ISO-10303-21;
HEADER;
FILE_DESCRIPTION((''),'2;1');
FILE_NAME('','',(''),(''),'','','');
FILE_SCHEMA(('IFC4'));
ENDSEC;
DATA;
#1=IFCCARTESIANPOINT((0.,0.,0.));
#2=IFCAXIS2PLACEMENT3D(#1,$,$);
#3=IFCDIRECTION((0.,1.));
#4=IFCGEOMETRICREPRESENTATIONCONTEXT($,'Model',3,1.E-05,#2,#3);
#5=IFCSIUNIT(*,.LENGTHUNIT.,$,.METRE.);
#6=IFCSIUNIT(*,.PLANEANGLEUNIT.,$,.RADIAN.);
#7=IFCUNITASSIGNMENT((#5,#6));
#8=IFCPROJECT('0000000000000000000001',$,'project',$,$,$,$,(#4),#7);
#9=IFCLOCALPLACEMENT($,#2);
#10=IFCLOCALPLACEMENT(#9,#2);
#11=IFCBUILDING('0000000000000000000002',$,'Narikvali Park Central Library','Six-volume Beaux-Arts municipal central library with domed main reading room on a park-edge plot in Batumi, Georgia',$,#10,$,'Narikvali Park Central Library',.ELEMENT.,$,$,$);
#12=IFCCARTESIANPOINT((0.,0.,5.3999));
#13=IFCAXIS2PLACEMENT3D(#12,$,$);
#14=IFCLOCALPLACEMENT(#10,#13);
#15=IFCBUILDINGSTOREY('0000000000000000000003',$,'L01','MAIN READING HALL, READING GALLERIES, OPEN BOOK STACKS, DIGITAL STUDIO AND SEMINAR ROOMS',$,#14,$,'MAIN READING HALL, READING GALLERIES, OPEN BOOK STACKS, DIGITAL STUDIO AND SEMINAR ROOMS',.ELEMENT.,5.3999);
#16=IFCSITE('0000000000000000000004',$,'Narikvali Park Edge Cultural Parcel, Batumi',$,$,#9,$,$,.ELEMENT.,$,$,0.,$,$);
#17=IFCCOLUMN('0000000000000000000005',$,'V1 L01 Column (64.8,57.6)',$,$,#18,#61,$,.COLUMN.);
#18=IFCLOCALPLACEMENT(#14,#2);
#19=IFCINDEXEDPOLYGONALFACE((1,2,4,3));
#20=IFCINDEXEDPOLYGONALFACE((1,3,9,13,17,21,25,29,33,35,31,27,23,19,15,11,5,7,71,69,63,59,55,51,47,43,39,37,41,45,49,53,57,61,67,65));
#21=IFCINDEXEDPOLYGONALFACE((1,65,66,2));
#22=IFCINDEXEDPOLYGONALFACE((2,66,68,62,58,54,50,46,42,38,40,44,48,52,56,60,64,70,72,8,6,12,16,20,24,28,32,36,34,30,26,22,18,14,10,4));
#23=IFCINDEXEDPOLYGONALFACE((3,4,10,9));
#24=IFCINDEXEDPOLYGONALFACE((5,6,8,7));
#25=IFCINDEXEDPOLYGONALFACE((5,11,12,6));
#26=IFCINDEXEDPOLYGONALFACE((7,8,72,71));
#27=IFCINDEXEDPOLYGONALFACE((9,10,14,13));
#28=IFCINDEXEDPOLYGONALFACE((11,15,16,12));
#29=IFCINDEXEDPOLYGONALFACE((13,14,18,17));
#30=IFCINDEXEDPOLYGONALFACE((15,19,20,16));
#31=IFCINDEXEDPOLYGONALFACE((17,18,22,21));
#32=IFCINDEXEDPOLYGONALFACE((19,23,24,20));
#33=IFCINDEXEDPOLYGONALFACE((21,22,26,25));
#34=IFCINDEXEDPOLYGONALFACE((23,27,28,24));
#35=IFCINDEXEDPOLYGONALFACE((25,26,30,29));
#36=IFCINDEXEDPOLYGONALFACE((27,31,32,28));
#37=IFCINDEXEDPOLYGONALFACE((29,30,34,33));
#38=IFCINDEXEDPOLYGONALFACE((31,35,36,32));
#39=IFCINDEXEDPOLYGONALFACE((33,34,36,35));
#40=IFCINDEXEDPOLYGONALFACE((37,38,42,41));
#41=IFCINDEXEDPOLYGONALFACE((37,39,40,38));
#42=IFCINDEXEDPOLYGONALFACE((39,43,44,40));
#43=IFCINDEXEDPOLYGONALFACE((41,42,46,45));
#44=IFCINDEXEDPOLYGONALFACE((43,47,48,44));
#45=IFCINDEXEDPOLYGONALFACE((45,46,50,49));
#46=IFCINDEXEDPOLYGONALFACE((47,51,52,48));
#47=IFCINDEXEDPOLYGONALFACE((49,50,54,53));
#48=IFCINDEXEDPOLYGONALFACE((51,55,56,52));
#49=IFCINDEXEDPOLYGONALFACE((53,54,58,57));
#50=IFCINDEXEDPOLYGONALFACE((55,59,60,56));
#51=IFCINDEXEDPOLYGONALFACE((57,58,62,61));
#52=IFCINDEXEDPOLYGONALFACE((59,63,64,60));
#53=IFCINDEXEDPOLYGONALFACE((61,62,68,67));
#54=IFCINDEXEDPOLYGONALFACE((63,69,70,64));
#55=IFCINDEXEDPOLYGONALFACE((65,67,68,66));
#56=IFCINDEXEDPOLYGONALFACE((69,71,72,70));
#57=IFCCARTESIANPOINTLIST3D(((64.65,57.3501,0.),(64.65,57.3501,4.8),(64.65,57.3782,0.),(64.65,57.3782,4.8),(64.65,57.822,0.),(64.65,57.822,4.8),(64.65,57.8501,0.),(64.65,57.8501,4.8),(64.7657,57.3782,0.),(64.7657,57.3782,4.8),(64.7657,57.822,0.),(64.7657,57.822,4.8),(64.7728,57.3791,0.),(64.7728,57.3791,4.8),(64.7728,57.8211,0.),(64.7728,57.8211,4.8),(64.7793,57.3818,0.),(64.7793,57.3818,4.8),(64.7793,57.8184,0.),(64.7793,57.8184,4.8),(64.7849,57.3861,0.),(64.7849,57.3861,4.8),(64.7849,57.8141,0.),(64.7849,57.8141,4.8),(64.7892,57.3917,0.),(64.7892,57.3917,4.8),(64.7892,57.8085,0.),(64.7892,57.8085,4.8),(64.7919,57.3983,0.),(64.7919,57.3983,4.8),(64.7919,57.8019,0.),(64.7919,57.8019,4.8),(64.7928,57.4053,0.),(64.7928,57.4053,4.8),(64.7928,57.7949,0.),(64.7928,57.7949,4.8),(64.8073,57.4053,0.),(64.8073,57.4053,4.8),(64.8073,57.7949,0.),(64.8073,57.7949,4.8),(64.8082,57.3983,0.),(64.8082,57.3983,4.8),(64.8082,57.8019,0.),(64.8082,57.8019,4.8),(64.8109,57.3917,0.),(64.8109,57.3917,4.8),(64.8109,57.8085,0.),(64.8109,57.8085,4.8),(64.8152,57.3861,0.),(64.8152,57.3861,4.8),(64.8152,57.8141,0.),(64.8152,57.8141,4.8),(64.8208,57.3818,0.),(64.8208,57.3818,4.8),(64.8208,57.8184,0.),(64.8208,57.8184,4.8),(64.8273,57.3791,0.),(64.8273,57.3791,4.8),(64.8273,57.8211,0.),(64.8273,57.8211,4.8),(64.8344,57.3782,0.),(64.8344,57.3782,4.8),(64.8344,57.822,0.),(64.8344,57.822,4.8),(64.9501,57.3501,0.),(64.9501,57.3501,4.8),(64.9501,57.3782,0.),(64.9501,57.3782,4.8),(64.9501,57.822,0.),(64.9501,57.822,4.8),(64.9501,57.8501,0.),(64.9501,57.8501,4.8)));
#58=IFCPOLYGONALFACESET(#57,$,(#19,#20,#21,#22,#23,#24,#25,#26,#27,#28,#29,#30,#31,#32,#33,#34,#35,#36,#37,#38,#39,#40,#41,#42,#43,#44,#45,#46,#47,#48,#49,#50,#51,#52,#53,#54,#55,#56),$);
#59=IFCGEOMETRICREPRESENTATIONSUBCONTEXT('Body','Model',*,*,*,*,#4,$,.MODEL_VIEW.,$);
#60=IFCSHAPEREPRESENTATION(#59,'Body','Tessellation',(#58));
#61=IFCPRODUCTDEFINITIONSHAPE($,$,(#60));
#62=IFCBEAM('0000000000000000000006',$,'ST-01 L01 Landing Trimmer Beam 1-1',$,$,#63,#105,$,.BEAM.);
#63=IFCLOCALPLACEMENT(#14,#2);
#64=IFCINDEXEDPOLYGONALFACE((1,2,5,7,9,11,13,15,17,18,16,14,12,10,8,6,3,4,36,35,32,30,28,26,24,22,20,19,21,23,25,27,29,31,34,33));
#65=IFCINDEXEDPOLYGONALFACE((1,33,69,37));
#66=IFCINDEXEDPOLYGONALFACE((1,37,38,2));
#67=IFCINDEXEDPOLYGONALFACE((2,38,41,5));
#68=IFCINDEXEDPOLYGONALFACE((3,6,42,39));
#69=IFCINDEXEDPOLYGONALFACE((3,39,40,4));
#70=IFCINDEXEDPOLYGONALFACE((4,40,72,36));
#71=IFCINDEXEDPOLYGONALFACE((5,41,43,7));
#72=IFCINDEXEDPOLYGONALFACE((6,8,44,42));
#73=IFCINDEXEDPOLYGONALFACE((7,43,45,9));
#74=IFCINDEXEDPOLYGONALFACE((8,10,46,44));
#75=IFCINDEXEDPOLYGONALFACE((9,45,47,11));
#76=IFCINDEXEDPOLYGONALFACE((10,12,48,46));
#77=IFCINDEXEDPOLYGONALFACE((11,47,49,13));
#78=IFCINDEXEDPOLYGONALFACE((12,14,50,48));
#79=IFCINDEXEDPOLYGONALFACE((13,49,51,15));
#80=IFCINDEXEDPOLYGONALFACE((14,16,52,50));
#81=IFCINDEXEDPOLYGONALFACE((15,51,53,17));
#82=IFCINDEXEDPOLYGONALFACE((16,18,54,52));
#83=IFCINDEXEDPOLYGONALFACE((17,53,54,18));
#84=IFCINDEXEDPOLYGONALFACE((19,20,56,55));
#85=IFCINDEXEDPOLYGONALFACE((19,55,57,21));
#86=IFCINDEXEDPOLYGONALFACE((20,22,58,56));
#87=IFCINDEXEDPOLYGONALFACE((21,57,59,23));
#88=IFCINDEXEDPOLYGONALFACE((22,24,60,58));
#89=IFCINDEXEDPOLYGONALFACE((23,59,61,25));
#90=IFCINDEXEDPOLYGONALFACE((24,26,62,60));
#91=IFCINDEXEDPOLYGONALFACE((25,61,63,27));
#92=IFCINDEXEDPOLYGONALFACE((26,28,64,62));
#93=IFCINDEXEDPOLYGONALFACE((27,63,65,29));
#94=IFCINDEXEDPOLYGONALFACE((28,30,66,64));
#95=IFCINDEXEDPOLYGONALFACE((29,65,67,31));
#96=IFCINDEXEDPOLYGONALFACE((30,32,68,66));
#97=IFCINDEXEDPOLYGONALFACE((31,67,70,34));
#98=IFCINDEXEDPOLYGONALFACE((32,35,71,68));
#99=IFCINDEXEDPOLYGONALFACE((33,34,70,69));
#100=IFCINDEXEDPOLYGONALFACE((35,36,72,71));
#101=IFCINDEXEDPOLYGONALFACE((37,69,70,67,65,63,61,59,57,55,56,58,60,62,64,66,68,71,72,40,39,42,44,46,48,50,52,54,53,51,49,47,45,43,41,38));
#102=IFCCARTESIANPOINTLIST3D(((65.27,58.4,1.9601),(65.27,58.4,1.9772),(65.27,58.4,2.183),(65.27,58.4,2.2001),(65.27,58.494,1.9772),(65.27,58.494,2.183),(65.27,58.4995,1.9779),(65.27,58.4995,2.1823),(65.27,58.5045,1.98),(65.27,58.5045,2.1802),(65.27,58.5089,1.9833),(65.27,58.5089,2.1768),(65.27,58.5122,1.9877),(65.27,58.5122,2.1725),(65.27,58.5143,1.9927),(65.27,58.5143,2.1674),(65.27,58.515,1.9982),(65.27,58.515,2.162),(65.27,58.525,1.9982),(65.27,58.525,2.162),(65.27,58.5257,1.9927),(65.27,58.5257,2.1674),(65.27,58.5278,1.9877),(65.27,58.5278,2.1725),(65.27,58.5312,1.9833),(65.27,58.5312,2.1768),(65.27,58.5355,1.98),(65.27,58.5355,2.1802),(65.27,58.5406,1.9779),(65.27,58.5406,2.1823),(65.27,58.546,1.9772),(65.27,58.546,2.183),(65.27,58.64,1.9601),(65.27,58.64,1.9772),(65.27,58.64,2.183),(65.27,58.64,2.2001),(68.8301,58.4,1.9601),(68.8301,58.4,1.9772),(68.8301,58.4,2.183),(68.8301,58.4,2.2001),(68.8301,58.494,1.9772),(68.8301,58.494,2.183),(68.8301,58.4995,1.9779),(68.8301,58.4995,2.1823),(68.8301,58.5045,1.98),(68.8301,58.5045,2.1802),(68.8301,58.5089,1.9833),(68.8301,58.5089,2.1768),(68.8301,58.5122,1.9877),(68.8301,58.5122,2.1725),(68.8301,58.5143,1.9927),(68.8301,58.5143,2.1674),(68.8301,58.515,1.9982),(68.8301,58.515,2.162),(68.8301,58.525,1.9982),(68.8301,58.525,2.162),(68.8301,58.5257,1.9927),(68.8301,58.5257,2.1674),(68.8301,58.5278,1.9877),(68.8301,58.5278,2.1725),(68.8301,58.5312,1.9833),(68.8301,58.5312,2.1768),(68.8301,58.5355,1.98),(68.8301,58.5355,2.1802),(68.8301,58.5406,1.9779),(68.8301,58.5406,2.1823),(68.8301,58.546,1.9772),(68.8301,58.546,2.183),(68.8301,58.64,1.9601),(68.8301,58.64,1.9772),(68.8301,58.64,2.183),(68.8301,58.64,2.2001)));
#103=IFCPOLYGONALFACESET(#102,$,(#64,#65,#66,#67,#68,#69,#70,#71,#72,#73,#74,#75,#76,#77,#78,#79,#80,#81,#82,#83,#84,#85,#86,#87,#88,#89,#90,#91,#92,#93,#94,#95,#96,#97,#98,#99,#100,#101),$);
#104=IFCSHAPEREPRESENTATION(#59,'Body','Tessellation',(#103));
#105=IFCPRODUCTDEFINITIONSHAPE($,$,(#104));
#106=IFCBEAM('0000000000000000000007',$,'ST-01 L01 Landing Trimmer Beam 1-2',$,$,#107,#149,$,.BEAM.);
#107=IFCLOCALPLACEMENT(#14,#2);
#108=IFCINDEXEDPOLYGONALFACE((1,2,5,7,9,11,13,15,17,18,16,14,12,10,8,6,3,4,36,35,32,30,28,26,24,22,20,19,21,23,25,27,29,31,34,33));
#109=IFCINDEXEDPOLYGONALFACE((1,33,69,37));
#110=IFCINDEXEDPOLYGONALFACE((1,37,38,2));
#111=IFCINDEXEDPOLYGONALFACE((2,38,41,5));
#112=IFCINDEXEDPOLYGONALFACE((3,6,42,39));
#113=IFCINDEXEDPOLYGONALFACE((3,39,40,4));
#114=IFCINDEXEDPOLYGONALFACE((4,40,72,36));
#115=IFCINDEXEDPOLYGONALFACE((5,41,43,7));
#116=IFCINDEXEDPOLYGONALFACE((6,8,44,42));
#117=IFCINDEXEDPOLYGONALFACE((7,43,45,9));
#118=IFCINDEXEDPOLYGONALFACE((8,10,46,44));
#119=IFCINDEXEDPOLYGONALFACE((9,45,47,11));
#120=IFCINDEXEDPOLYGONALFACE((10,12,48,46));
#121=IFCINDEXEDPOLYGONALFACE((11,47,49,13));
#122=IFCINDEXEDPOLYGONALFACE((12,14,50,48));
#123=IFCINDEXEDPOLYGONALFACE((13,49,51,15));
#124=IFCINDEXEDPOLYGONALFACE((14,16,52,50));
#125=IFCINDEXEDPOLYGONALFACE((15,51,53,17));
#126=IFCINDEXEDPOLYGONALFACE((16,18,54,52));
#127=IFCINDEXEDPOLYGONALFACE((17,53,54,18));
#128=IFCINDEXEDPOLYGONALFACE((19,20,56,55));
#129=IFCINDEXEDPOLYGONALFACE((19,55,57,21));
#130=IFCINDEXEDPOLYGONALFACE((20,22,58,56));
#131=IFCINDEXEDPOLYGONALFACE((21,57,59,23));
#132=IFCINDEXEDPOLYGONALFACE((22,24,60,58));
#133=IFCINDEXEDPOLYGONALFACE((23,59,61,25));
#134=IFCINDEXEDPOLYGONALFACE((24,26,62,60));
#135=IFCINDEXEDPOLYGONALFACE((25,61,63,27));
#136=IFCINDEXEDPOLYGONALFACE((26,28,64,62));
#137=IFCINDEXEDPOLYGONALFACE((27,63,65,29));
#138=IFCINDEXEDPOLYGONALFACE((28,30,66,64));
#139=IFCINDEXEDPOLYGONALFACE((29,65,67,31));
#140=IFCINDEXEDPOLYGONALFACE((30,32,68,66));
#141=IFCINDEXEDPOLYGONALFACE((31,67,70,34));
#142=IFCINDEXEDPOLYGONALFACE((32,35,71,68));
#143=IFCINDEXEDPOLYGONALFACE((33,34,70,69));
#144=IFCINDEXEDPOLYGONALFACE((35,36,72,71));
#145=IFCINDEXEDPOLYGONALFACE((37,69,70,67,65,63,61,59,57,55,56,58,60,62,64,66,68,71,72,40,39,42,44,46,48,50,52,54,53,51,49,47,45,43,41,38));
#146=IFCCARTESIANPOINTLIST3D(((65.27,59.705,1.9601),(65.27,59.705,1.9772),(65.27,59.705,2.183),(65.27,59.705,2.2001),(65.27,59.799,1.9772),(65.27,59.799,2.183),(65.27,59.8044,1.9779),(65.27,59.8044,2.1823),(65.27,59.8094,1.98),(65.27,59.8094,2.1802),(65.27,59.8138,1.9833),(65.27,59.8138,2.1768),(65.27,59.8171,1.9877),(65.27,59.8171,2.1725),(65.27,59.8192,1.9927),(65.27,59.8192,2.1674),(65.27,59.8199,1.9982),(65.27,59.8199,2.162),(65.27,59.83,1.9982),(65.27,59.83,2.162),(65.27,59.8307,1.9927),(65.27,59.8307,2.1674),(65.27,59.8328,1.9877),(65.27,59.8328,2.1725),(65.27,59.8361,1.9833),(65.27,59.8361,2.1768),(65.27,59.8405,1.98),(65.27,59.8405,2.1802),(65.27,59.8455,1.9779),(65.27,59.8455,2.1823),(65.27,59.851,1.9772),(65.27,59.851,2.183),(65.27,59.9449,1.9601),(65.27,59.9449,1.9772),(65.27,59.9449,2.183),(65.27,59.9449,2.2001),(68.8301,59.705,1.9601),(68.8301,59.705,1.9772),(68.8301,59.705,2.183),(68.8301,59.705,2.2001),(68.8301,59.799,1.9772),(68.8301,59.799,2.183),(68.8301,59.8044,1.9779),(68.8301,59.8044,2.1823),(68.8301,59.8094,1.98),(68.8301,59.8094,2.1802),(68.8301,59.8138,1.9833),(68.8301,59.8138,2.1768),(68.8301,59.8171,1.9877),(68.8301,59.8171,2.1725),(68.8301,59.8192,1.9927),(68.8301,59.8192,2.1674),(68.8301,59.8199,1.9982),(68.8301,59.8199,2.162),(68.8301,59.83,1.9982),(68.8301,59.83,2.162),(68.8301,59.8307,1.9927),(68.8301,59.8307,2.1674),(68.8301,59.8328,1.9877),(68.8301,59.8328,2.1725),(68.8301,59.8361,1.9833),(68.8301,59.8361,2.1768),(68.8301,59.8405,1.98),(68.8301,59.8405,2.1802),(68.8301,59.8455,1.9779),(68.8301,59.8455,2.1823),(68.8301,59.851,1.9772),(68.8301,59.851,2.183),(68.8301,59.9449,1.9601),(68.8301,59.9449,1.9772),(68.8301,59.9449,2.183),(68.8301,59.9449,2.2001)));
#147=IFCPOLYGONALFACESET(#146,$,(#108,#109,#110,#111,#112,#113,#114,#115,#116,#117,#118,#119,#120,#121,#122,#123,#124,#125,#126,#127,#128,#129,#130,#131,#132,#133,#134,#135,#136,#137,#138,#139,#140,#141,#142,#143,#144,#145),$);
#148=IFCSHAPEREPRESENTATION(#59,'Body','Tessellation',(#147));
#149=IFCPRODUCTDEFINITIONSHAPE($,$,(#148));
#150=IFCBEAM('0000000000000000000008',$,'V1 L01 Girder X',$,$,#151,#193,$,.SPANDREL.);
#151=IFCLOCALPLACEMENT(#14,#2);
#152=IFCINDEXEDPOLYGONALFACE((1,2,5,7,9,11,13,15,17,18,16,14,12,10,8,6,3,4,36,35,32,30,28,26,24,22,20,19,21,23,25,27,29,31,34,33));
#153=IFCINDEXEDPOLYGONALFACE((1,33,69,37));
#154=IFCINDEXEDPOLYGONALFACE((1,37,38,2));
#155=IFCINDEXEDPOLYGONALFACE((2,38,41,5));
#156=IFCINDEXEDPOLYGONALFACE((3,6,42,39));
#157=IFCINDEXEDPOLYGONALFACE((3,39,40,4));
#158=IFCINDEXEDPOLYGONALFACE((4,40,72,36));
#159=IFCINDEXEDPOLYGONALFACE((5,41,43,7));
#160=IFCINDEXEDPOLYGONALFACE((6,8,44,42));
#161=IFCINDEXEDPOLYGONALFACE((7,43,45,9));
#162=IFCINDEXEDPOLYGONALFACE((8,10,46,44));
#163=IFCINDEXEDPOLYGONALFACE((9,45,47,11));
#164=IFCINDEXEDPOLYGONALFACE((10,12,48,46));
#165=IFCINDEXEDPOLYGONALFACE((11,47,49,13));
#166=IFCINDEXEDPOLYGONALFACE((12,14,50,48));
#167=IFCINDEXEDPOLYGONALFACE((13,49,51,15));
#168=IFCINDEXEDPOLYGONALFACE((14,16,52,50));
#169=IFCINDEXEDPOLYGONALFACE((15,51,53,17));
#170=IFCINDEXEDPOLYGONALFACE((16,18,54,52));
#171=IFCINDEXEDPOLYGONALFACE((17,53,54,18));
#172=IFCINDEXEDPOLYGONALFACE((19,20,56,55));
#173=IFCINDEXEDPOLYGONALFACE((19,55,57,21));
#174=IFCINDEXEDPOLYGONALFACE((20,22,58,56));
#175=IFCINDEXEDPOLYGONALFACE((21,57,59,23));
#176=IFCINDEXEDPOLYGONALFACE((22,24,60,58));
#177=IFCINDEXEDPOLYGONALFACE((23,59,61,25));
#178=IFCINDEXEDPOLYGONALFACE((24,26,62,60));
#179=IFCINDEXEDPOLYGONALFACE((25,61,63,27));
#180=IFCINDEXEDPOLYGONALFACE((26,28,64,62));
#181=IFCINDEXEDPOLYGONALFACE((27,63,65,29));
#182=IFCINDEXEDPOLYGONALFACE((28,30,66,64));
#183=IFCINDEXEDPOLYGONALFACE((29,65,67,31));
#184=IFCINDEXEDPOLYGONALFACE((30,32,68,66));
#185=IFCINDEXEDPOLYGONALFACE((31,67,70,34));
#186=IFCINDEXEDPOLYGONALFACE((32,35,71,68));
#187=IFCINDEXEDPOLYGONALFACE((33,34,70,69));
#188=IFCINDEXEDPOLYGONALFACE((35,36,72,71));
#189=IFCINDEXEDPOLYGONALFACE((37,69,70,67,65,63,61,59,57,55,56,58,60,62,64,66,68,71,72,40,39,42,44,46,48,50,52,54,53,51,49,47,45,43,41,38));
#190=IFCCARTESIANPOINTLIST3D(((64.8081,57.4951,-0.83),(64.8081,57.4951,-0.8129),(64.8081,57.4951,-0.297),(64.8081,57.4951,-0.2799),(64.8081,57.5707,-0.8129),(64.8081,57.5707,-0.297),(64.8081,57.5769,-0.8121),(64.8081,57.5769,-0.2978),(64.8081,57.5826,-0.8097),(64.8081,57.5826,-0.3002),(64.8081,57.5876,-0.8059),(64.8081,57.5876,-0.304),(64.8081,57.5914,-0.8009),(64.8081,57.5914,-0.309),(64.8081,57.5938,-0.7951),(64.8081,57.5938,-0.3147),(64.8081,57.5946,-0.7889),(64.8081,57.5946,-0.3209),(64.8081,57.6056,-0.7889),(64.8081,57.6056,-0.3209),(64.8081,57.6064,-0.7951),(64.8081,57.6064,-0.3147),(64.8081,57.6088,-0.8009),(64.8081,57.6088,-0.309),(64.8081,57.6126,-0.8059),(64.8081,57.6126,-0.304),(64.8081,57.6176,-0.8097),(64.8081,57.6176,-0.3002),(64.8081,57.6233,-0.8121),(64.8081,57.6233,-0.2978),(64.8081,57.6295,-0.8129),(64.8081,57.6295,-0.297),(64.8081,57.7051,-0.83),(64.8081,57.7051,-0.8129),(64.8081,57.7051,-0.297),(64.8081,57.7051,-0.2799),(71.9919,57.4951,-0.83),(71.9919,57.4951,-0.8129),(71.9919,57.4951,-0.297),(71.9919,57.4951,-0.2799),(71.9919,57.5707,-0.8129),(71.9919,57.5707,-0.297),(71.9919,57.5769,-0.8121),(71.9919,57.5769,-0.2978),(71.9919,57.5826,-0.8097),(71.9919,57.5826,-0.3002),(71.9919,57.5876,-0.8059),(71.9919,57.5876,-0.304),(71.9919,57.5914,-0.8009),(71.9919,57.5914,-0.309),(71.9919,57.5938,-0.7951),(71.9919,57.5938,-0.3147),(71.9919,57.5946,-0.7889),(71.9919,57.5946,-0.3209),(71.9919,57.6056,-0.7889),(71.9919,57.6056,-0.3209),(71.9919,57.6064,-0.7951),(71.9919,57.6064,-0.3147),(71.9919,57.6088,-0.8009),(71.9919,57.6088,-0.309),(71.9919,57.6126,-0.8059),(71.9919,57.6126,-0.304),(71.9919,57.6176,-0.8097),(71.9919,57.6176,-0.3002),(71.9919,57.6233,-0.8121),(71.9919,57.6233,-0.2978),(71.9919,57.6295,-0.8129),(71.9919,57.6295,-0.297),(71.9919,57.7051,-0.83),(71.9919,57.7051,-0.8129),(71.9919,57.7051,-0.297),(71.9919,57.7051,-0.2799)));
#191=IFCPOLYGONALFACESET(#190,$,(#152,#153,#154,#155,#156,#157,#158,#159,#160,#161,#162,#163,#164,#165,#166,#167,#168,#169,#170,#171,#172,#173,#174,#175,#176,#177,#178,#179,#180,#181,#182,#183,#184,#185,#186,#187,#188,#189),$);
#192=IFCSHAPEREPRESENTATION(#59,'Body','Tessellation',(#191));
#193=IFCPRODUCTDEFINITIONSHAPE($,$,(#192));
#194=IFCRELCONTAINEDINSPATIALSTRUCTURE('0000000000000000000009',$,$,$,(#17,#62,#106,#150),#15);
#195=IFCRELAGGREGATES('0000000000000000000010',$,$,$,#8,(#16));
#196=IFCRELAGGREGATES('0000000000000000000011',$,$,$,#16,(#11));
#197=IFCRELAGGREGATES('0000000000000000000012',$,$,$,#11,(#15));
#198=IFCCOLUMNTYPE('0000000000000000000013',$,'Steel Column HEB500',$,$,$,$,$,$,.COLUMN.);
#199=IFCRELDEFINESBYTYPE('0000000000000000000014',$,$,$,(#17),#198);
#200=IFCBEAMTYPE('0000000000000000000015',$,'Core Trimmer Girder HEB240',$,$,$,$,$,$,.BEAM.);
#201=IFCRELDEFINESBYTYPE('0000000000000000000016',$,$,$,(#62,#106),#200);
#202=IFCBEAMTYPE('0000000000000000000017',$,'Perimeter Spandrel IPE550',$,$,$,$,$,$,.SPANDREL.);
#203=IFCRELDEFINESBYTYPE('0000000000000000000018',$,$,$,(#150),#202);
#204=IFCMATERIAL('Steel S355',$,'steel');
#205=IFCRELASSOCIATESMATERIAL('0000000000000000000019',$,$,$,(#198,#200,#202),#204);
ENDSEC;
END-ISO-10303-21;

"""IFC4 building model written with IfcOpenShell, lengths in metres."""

from ifc_helpers import new_model, si_unit, direction, frame, origin, origin_2d, place, context, subcontext, project, spatial, i_section, extrude, material, material_profile, profile_set, type_object, element, save


model = new_model("IFC4")

# Units and contexts
model_context = context("Model", 3, precision=1e-05, world=origin(), true_north=direction((0.0, 1.0)))
body_context = subcontext(model_context, "Body", "Model", "MODEL_VIEW")
ifc_project = project(units=[si_unit("LENGTHUNIT", "METRE"), si_unit("PLANEANGLEUNIT", "RADIAN")], contexts=[model_context])

# Site, building, storey
site_placement = place(None, origin())
site = spatial("IfcSite", under=ifc_project, at=site_placement, Name="Narikvali Park Edge Cultural Parcel, Batumi", CompositionType="ELEMENT", RefElevation=0.0)
building_placement = place(site_placement, origin())
building = spatial("IfcBuilding", under=site, at=building_placement, Name="Narikvali Park Central Library", Description="Six-volume Beaux-Arts municipal central library with domed main reading room on a park-edge plot in Batumi, Georgia", LongName="Narikvali Park Central Library", CompositionType="ELEMENT")
storey_placement = place(building_placement, frame((0.0, 0.0, 5.3999)))
storey = spatial("IfcBuildingStorey", under=building, at=storey_placement, Name="L01", Description="MAIN READING HALL, READING GALLERIES, OPEN BOOK STACKS, DIGITAL STUDIO AND SEMINAR ROOMS", LongName="MAIN READING HALL, READING GALLERIES, OPEN BOOK STACKS, DIGITAL STUDIO AND SEMINAR ROOMS", CompositionType="ELEMENT", Elevation=5.3999)

# Column
ifc_material_1 = material(Name="Steel S355", Category="steel")
ifc_material_profile_1 = material_profile(ifc_material_1, i_section(OverallWidth=0.3, OverallDepth=0.5, WebThickness=0.0144, FlangeThickness=0.0281, FilletRadius=0.0271, at=origin_2d()), Name="HEB 500")
ifc_profile_set_1 = profile_set([ifc_material_profile_1], Name="Steel S355")
column_type = type_object("IfcColumnType", Name="Steel Column HEB500", PredefinedType="COLUMN", material=ifc_profile_set_1)
column_placement = place(storey_placement, frame((64.8, 57.6001, 0.0), z_axis=(0.0, 0.0, 1.0), x_axis=(1.0, 0.0, 0.0)))
element("IfcColumn", 1, at=column_placement, inside=storey, type_object=column_type, Name="V1 L01 Column (64.8,57.6)", PredefinedType="COLUMN", context=body_context, shape_type="SweptSolid", body=[
    extrude(i_section(OverallWidth=0.3, OverallDepth=0.5, WebThickness=0.0144, FlangeThickness=0.0281, FilletRadius=0.0271, at=origin_2d()), origin(), (0.0, 0.0, 1.0), 4.8),
])

# Beams
ifc_material_profile_2 = material_profile(ifc_material_1, i_section(OverallWidth=0.24, OverallDepth=0.24, WebThickness=0.01, FlangeThickness=0.0171, FilletRadius=0.021, at=origin_2d()), Name="HEB 240")
ifc_profile_set_2 = profile_set([ifc_material_profile_2], Name="Steel S355")
beam_type_1 = type_object("IfcBeamType", Name="Core Trimmer Girder HEB240", PredefinedType="BEAM", material=ifc_profile_set_2)
for number, where, z_axis, x_axis, name in (
    (2, (65.27, 58.52, 2.0801), (1.0, 0.0, 0.0), (0.0, 1.0, 0.0), "ST-01 L01 Landing Trimmer Beam 1-1"),
    (3, (65.27, 59.825, 2.0801), (1.0, 0.0, 0.0), (0.0, 1.0, 0.0), "ST-01 L01 Landing Trimmer Beam 1-2"),
):
    element("IfcBeam", number, at=place(storey_placement, frame(where, z_axis=z_axis, x_axis=x_axis)), inside=storey, type_object=beam_type_1, Name=name, PredefinedType="BEAM", context=body_context, shape_type="SweptSolid", body=[
        extrude(i_section(OverallWidth=0.24, OverallDepth=0.24, WebThickness=0.01, FlangeThickness=0.0171, FilletRadius=0.021, at=origin_2d()), origin(), (0.0, 0.0, 1.0), 3.5601),
    ])
ifc_material_profile_3 = material_profile(ifc_material_1, i_section(OverallWidth=0.21, OverallDepth=0.55, WebThickness=0.011, FlangeThickness=0.0171, FilletRadius=0.0239, at=origin_2d()), Name="IPE 550")
ifc_profile_set_3 = profile_set([ifc_material_profile_3], Name="Steel S355")
beam_type_2 = type_object("IfcBeamType", Name="Perimeter Spandrel IPE550", PredefinedType="SPANDREL", material=ifc_profile_set_3)
beam_1_placement = place(storey_placement, frame((64.8081, 57.6001, -0.5549), z_axis=(1.0, 0.0, 0.0), x_axis=(0.0, 1.0, 0.0)))
element("IfcBeam", 4, at=beam_1_placement, inside=storey, type_object=beam_type_2, Name="V1 L01 Girder X", PredefinedType="SPANDREL", context=body_context, shape_type="SweptSolid", body=[
    extrude(i_section(OverallWidth=0.21, OverallDepth=0.55, WebThickness=0.011, FlangeThickness=0.0171, FilletRadius=0.0239, at=origin_2d()), origin(), (0.0, 0.0, 1.0), 7.1838),
])

save(model, "model.ifc")
